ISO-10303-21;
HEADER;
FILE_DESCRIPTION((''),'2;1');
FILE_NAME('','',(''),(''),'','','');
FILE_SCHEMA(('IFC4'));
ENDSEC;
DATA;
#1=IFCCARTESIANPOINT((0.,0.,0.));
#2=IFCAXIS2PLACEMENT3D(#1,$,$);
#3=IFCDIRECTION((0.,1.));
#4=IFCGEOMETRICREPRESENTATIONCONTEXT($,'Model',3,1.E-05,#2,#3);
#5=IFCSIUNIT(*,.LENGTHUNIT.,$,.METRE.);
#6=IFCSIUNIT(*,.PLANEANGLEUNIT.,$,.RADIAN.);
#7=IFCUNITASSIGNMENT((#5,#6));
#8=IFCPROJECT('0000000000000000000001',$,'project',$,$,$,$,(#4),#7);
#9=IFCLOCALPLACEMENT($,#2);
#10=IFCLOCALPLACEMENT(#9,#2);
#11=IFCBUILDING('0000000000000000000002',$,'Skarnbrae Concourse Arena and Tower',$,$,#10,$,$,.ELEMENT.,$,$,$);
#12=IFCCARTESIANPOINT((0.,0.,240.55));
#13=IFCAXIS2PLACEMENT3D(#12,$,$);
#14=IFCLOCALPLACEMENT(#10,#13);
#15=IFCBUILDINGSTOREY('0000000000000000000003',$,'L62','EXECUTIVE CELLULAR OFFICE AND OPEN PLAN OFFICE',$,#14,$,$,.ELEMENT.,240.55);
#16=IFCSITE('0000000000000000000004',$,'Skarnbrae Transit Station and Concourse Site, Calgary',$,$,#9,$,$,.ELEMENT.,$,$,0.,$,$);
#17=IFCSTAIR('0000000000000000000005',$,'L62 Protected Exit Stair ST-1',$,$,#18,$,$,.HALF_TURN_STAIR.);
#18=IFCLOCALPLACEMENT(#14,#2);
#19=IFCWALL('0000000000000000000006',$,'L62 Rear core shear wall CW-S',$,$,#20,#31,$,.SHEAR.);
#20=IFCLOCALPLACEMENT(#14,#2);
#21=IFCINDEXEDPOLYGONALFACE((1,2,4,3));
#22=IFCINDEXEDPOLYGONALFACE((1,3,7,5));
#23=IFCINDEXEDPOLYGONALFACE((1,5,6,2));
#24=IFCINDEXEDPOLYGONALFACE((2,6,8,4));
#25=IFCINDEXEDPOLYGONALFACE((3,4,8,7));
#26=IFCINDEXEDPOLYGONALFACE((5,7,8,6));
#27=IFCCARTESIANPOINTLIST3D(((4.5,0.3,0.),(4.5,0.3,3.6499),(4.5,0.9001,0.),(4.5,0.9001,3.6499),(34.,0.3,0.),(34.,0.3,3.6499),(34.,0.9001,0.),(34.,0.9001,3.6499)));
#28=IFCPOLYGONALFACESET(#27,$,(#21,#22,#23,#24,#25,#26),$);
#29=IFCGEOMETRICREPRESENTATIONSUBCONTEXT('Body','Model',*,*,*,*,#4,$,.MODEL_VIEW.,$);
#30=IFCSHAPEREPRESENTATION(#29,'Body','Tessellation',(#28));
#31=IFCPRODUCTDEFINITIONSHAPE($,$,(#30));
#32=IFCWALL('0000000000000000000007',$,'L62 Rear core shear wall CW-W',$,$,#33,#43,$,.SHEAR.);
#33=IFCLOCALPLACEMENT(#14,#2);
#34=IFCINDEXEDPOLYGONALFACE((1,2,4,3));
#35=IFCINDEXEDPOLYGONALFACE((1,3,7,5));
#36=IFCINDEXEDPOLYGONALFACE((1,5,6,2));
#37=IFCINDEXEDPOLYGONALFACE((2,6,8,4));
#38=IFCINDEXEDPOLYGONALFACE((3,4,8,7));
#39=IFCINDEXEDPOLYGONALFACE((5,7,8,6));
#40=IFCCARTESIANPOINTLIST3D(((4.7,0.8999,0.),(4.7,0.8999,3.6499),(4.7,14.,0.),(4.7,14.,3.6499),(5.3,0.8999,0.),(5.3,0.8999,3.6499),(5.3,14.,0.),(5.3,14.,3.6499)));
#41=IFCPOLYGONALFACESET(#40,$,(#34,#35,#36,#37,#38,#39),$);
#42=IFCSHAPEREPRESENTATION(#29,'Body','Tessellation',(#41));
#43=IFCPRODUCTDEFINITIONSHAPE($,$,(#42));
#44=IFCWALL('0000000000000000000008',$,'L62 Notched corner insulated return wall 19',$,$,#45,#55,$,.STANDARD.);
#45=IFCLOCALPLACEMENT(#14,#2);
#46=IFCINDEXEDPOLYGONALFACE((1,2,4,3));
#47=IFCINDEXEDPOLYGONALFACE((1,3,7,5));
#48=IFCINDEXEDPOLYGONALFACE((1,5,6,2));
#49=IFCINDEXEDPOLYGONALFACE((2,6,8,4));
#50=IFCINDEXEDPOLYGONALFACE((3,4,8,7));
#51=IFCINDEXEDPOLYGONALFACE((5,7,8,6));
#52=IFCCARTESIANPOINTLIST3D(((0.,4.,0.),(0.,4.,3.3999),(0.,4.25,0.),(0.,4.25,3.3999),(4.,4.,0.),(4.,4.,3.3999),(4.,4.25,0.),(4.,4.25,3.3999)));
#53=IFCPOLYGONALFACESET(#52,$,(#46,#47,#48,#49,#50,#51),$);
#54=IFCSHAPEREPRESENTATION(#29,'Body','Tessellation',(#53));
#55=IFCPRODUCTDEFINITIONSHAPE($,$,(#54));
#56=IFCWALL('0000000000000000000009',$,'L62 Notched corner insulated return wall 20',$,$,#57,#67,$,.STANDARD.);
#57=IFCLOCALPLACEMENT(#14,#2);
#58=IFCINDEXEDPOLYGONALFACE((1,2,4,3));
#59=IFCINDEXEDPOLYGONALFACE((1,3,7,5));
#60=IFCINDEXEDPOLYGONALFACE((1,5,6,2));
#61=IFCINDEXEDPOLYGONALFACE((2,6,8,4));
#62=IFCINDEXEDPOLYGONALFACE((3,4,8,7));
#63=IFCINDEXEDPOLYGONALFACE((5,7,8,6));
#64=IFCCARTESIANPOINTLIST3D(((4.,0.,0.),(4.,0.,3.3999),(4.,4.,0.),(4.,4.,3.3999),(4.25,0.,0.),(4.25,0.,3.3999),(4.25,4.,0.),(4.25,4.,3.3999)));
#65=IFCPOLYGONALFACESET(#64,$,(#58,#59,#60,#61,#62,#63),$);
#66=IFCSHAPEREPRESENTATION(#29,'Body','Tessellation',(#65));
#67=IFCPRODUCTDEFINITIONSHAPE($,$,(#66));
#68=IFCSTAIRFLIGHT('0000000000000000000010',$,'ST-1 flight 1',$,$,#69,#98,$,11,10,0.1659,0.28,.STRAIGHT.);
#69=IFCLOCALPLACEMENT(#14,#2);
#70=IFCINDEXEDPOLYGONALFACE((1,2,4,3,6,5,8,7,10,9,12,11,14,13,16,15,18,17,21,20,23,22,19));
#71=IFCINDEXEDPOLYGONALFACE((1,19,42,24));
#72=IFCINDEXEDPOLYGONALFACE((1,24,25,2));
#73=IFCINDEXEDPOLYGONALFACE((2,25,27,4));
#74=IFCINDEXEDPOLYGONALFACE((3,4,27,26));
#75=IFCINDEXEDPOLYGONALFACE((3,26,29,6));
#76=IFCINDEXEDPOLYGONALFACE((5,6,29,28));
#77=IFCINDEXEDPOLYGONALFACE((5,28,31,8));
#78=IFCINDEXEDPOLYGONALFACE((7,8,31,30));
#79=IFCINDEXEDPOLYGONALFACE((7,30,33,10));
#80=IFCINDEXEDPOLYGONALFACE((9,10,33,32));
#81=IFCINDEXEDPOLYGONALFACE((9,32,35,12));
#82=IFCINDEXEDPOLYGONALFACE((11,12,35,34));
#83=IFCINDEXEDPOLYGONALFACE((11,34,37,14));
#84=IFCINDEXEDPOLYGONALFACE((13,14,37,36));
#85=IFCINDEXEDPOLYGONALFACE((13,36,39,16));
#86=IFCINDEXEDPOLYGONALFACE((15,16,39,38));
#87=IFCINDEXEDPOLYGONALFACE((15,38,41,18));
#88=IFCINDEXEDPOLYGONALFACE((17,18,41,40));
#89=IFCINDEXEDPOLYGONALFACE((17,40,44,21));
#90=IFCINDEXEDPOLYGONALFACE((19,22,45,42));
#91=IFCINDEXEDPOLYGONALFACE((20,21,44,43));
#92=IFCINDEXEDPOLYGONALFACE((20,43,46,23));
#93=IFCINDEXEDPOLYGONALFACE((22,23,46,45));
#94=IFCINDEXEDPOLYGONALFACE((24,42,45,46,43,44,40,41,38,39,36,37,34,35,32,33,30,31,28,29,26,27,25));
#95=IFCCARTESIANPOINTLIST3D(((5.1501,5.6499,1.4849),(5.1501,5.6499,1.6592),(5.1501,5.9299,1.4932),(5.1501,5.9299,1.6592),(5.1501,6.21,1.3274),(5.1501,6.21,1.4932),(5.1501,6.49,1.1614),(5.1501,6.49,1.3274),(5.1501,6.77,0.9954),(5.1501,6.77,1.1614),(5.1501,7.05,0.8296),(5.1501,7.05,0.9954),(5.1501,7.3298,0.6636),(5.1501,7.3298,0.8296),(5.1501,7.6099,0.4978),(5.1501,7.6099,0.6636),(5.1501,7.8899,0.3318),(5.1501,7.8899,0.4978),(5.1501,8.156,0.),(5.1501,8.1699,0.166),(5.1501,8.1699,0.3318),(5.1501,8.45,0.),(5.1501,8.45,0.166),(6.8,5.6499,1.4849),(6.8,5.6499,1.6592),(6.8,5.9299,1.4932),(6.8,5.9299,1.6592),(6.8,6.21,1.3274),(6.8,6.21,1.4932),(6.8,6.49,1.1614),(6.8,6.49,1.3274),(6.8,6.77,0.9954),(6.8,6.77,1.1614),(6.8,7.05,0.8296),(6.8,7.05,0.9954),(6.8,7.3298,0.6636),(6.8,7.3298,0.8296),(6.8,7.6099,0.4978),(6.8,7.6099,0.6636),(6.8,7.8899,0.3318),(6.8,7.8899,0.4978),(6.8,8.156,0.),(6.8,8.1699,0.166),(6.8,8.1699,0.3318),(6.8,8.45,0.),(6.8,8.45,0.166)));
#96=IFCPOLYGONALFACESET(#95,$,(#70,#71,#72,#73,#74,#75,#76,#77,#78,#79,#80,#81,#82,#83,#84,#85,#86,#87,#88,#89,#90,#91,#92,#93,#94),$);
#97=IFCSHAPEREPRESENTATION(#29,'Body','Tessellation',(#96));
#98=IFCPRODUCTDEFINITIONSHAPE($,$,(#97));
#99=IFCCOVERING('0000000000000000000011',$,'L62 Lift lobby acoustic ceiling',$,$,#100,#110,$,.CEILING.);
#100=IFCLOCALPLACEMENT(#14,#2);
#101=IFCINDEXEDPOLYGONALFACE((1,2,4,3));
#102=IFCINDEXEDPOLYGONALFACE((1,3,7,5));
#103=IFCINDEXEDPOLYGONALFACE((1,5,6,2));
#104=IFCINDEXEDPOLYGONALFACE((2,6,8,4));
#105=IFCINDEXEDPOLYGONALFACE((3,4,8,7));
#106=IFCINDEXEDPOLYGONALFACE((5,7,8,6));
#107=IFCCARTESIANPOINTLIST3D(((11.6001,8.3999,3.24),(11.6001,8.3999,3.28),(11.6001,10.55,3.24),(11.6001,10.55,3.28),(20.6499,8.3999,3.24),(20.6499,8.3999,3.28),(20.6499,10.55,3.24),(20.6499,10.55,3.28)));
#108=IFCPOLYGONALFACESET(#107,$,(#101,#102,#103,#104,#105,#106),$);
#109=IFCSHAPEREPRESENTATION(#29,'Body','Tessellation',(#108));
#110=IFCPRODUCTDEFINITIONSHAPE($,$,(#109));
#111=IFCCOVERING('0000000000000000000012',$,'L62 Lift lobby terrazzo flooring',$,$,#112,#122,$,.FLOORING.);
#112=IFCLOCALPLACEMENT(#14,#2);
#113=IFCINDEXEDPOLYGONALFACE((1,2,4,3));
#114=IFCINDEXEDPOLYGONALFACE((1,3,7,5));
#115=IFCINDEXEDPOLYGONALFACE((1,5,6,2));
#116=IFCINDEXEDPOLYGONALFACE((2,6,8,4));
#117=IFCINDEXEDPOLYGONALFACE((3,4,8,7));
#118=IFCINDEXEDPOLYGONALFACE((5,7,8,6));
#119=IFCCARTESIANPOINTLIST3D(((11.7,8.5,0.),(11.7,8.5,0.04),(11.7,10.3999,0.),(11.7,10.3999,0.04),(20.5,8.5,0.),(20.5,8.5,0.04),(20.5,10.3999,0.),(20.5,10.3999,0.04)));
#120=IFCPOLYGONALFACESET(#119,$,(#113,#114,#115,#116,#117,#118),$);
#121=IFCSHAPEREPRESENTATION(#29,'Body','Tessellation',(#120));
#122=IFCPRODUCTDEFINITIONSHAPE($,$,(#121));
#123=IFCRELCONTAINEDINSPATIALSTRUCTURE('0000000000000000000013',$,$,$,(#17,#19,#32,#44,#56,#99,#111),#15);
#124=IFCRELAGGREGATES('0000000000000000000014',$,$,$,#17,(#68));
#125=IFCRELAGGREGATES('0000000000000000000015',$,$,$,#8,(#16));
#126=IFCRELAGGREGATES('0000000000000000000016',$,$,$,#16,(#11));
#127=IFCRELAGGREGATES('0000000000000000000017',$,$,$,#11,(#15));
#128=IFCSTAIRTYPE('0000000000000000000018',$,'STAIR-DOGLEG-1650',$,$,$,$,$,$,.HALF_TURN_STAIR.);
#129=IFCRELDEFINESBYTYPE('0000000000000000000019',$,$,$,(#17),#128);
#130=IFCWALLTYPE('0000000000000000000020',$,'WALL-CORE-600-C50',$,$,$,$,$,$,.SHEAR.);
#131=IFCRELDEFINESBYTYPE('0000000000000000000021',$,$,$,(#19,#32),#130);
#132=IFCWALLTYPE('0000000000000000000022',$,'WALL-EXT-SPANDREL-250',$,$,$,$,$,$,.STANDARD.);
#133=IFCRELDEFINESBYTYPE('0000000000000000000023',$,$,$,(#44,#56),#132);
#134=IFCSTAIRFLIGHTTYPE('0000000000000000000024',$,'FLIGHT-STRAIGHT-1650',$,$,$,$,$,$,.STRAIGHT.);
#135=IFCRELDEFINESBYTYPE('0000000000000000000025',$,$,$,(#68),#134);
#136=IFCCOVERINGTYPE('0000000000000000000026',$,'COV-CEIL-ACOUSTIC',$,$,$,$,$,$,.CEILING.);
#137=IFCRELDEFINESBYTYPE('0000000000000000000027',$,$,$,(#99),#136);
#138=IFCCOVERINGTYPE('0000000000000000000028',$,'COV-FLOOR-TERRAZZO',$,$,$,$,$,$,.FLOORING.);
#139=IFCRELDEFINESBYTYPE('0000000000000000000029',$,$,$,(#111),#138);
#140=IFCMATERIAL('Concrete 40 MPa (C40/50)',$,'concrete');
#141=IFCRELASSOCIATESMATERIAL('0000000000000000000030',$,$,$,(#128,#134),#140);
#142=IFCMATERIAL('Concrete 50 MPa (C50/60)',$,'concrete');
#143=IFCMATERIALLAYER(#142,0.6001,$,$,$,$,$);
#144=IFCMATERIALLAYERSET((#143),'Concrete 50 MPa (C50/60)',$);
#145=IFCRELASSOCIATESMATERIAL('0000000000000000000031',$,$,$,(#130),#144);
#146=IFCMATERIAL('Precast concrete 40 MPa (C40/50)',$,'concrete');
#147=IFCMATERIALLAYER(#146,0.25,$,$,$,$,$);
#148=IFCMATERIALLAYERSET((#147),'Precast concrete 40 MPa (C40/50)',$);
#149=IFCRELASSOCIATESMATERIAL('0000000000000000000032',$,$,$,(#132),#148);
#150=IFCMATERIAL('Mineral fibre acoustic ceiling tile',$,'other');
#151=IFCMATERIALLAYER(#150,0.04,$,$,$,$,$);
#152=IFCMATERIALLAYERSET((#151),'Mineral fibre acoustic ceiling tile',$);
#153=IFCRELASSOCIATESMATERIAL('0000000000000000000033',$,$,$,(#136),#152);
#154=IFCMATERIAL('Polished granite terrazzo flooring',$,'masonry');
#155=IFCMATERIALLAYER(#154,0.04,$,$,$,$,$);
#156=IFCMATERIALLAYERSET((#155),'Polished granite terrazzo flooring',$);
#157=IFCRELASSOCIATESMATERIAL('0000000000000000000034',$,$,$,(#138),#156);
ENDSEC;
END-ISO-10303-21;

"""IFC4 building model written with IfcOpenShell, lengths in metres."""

from ifc_helpers import new_model, si_unit, direction, frame, frame_2d, origin, place, context, subcontext, project, spatial, polyline, rectangle, outline, extrude, source, transform, mapped, material, layer, layer_set, type_object, element, aggregate, save


model = new_model("IFC4")

# Units and contexts
model_context = context("Model", 3, precision=1e-05, world=origin(), true_north=direction((0.0, 1.0)))
body_context = subcontext(model_context, "Body", "Model", "MODEL_VIEW")
ifc_project = project(units=[si_unit("LENGTHUNIT", "METRE"), si_unit("PLANEANGLEUNIT", "RADIAN")], contexts=[model_context])

# Site, building, storey
site_placement = place(None, origin())
site = spatial("IfcSite", under=ifc_project, at=site_placement, Name="Skarnbrae Transit Station and Concourse Site, Calgary", CompositionType="ELEMENT", RefElevation=0.0)
building_placement = place(site_placement, origin())
building = spatial("IfcBuilding", under=site, at=building_placement, Name="Skarnbrae Concourse Arena and Tower", CompositionType="ELEMENT")
storey_placement = place(building_placement, frame((0.0, 0.0, 240.55)))
storey = spatial("IfcBuildingStorey", under=building, at=storey_placement, Name="L62", Description="EXECUTIVE CELLULAR OFFICE AND OPEN PLAN OFFICE", CompositionType="ELEMENT", Elevation=240.55)

# Stair
ifc_material_1 = material(Name="Concrete 40 MPa (C40/50)", Category="concrete")
stair_type = type_object("IfcStairType", Name="STAIR-DOGLEG-1650", PredefinedType="HALF_TURN_STAIR", material=ifc_material_1)
stair_1_placement = place(storey_placement, origin())
stair_1 = element("IfcStair", 1, at=stair_1_placement, inside=storey, type_object=stair_type, Name="L62 Protected Exit Stair ST-1", PredefinedType="HALF_TURN_STAIR")

# Walls
ifc_material_2 = material(Name="Concrete 50 MPa (C50/60)", Category="concrete")
ifc_layer_1 = layer(ifc_material_2, 0.6001)
ifc_layer_set_1 = layer_set([ifc_layer_1], Name="Concrete 50 MPa (C50/60)")
wall_type_1 = type_object("IfcWallType", Name="WALL-CORE-600-C50", PredefinedType="SHEAR", material=ifc_layer_set_1)
shared_shape_1 = source(origin(), body_context, "Body", "SweptSolid", [
    extrude(rectangle(XDim=29.5, YDim=0.6001, at=frame_2d((14.75, 0.0))), origin(), (0.0, 0.0, 1.0), 3.6499),
])
wall_1_placement = place(storey_placement, frame((4.5, 0.6001, 0.0), z_axis=(0.0, 0.0, 1.0), x_axis=(1.0, 0.0, 0.0)))
element("IfcWall", 2, at=wall_1_placement, inside=storey, type_object=wall_type_1, Name="L62 Rear core shear wall CW-S", PredefinedType="SHEAR", context=body_context, shape_type="MappedRepresentation", body=[
    mapped(shared_shape_1, transform((0.0, 0.0, 0.0))),
])
shared_shape_2 = source(origin(), body_context, "Body", "SweptSolid", [
    extrude(rectangle(XDim=13.1001, YDim=0.6001, at=frame_2d((6.55, 0.0))), origin(), (0.0, 0.0, 1.0), 3.6499),
])
wall_2_placement = place(storey_placement, frame((5.0, 0.8999, 0.0), z_axis=(0.0, 0.0, 1.0), x_axis=(0.0, 1.0, 0.0)))
element("IfcWall", 3, at=wall_2_placement, inside=storey, type_object=wall_type_1, Name="L62 Rear core shear wall CW-W", PredefinedType="SHEAR", context=body_context, shape_type="MappedRepresentation", body=[
    mapped(shared_shape_2, transform((0.0, 0.0, 0.0))),
])
ifc_material_3 = material(Name="Precast concrete 40 MPa (C40/50)", Category="concrete")
ifc_layer_2 = layer(ifc_material_3, 0.25)
ifc_layer_set_2 = layer_set([ifc_layer_2], Name="Precast concrete 40 MPa (C40/50)")
wall_type_2 = type_object("IfcWallType", Name="WALL-EXT-SPANDREL-250", PredefinedType="STANDARD", material=ifc_layer_set_2)
shared_shape_3 = source(origin(), body_context, "Body", "SweptSolid", [
    extrude(rectangle(XDim=4.0, YDim=0.25, at=frame_2d((2.0, 0.0))), origin(), (0.0, 0.0, 1.0), 3.3999),
])
for number, where, z_axis, x_axis, name in (
    (4, (0.0, 4.125, 0.0), (0.0, 0.0, 1.0), (1.0, 0.0, 0.0), "L62 Notched corner insulated return wall 19"),
    (5, (4.125, 4.0, 0.0), (0.0, 0.0, 1.0), (0.0, -1.0, 0.0), "L62 Notched corner insulated return wall 20"),
):
    element("IfcWall", number, at=place(storey_placement, frame(where, z_axis=z_axis, x_axis=x_axis)), inside=storey, type_object=wall_type_2, Name=name, PredefinedType="STANDARD", context=body_context, shape_type="MappedRepresentation", body=[
        mapped(shared_shape_3, transform((0.0, 0.0, 0.0))),
    ])

# Stair flight
stair_flight_type = type_object("IfcStairFlightType", Name="FLIGHT-STRAIGHT-1650", PredefinedType="STRAIGHT", material=ifc_material_1)
shared_shape_4 = source(origin(), body_context, "Body", "SweptSolid", [
    extrude(outline(polyline([(0.0, 0.0), (0.0, 0.166), (0.28, 0.166), (0.28, 0.3318), (0.5601, 0.3318), (0.5601, 0.4978), (0.8401, 0.4978), (0.8401, 0.6636), (1.1201, 0.6636), (1.1201, 0.8296), (1.3999, 0.8296), (1.3999, 0.9954), (1.6799, 0.9954), (1.6799, 1.1614), (1.96, 1.1614), (1.96, 1.3274), (2.24, 1.3274), (2.24, 1.4932), (2.52, 1.4932), (2.52, 1.6592), (2.8, 1.6592), (2.8, 1.825), (2.8, 1.4849), (0.2939, 0.0), (0.0, 0.0)])), frame((0.0, 0.825, 0.0), z_axis=(0.0, -1.0, 0.0), x_axis=(1.0, 0.0, 0.0)), (0.0, 0.0, 1.0), 1.6499),
])
stair_flight_placement = place(storey_placement, frame((5.9751, 8.45, 0.0), z_axis=(0.0, 0.0, 1.0), x_axis=(0.0, -1.0, 0.0)))
stair_flight = element("IfcStairFlight", 6, at=stair_flight_placement, type_object=stair_flight_type, Name="ST-1 flight 1", NumberOfRisers=11, NumberOfTreads=10, PredefinedType="STRAIGHT", RiserHeight=0.1659, TreadLength=0.28, context=body_context, shape_type="MappedRepresentation", body=[
    mapped(shared_shape_4, transform((0.0, 0.0, 0.0))),
])
aggregate(stair_1, [stair_flight])

# Coverings
ifc_material_4 = material(Name="Mineral fibre acoustic ceiling tile", Category="other")
ifc_layer_3 = layer(ifc_material_4, 0.04)
ifc_layer_set_3 = layer_set([ifc_layer_3], Name="Mineral fibre acoustic ceiling tile")
covering_type_1 = type_object("IfcCoveringType", Name="COV-CEIL-ACOUSTIC", PredefinedType="CEILING", material=ifc_layer_set_3)
covering_1_placement = place(storey_placement, frame((0.0, 0.0, 3.24)))
element("IfcCovering", 7, at=covering_1_placement, inside=storey, type_object=covering_type_1, Name="L62 Lift lobby acoustic ceiling", PredefinedType="CEILING", context=body_context, shape_type="SweptSolid", body=[
    extrude(outline(polyline([(11.6001, 8.3999), (20.6499, 8.3999), (20.6499, 10.55), (11.6001, 10.55), (11.6001, 8.3999)])), origin(), (0.0, 0.0, 1.0), 0.04),
])
ifc_material_5 = material(Name="Polished granite terrazzo flooring", Category="masonry")
ifc_layer_4 = layer(ifc_material_5, 0.04)
ifc_layer_set_4 = layer_set([ifc_layer_4], Name="Polished granite terrazzo flooring")
covering_type_2 = type_object("IfcCoveringType", Name="COV-FLOOR-TERRAZZO", PredefinedType="FLOORING", material=ifc_layer_set_4)
covering_2_placement = place(storey_placement, origin())
element("IfcCovering", 8, at=covering_2_placement, inside=storey, type_object=covering_type_2, Name="L62 Lift lobby terrazzo flooring", PredefinedType="FLOORING", context=body_context, shape_type="SweptSolid", body=[
    extrude(outline(polyline([(11.7, 8.5), (20.5, 8.5), (20.5, 10.3999), (11.7, 10.3999), (11.7, 8.5)])), origin(), (0.0, 0.0, 1.0), 0.04),
])

save(model, "model.ifc")
